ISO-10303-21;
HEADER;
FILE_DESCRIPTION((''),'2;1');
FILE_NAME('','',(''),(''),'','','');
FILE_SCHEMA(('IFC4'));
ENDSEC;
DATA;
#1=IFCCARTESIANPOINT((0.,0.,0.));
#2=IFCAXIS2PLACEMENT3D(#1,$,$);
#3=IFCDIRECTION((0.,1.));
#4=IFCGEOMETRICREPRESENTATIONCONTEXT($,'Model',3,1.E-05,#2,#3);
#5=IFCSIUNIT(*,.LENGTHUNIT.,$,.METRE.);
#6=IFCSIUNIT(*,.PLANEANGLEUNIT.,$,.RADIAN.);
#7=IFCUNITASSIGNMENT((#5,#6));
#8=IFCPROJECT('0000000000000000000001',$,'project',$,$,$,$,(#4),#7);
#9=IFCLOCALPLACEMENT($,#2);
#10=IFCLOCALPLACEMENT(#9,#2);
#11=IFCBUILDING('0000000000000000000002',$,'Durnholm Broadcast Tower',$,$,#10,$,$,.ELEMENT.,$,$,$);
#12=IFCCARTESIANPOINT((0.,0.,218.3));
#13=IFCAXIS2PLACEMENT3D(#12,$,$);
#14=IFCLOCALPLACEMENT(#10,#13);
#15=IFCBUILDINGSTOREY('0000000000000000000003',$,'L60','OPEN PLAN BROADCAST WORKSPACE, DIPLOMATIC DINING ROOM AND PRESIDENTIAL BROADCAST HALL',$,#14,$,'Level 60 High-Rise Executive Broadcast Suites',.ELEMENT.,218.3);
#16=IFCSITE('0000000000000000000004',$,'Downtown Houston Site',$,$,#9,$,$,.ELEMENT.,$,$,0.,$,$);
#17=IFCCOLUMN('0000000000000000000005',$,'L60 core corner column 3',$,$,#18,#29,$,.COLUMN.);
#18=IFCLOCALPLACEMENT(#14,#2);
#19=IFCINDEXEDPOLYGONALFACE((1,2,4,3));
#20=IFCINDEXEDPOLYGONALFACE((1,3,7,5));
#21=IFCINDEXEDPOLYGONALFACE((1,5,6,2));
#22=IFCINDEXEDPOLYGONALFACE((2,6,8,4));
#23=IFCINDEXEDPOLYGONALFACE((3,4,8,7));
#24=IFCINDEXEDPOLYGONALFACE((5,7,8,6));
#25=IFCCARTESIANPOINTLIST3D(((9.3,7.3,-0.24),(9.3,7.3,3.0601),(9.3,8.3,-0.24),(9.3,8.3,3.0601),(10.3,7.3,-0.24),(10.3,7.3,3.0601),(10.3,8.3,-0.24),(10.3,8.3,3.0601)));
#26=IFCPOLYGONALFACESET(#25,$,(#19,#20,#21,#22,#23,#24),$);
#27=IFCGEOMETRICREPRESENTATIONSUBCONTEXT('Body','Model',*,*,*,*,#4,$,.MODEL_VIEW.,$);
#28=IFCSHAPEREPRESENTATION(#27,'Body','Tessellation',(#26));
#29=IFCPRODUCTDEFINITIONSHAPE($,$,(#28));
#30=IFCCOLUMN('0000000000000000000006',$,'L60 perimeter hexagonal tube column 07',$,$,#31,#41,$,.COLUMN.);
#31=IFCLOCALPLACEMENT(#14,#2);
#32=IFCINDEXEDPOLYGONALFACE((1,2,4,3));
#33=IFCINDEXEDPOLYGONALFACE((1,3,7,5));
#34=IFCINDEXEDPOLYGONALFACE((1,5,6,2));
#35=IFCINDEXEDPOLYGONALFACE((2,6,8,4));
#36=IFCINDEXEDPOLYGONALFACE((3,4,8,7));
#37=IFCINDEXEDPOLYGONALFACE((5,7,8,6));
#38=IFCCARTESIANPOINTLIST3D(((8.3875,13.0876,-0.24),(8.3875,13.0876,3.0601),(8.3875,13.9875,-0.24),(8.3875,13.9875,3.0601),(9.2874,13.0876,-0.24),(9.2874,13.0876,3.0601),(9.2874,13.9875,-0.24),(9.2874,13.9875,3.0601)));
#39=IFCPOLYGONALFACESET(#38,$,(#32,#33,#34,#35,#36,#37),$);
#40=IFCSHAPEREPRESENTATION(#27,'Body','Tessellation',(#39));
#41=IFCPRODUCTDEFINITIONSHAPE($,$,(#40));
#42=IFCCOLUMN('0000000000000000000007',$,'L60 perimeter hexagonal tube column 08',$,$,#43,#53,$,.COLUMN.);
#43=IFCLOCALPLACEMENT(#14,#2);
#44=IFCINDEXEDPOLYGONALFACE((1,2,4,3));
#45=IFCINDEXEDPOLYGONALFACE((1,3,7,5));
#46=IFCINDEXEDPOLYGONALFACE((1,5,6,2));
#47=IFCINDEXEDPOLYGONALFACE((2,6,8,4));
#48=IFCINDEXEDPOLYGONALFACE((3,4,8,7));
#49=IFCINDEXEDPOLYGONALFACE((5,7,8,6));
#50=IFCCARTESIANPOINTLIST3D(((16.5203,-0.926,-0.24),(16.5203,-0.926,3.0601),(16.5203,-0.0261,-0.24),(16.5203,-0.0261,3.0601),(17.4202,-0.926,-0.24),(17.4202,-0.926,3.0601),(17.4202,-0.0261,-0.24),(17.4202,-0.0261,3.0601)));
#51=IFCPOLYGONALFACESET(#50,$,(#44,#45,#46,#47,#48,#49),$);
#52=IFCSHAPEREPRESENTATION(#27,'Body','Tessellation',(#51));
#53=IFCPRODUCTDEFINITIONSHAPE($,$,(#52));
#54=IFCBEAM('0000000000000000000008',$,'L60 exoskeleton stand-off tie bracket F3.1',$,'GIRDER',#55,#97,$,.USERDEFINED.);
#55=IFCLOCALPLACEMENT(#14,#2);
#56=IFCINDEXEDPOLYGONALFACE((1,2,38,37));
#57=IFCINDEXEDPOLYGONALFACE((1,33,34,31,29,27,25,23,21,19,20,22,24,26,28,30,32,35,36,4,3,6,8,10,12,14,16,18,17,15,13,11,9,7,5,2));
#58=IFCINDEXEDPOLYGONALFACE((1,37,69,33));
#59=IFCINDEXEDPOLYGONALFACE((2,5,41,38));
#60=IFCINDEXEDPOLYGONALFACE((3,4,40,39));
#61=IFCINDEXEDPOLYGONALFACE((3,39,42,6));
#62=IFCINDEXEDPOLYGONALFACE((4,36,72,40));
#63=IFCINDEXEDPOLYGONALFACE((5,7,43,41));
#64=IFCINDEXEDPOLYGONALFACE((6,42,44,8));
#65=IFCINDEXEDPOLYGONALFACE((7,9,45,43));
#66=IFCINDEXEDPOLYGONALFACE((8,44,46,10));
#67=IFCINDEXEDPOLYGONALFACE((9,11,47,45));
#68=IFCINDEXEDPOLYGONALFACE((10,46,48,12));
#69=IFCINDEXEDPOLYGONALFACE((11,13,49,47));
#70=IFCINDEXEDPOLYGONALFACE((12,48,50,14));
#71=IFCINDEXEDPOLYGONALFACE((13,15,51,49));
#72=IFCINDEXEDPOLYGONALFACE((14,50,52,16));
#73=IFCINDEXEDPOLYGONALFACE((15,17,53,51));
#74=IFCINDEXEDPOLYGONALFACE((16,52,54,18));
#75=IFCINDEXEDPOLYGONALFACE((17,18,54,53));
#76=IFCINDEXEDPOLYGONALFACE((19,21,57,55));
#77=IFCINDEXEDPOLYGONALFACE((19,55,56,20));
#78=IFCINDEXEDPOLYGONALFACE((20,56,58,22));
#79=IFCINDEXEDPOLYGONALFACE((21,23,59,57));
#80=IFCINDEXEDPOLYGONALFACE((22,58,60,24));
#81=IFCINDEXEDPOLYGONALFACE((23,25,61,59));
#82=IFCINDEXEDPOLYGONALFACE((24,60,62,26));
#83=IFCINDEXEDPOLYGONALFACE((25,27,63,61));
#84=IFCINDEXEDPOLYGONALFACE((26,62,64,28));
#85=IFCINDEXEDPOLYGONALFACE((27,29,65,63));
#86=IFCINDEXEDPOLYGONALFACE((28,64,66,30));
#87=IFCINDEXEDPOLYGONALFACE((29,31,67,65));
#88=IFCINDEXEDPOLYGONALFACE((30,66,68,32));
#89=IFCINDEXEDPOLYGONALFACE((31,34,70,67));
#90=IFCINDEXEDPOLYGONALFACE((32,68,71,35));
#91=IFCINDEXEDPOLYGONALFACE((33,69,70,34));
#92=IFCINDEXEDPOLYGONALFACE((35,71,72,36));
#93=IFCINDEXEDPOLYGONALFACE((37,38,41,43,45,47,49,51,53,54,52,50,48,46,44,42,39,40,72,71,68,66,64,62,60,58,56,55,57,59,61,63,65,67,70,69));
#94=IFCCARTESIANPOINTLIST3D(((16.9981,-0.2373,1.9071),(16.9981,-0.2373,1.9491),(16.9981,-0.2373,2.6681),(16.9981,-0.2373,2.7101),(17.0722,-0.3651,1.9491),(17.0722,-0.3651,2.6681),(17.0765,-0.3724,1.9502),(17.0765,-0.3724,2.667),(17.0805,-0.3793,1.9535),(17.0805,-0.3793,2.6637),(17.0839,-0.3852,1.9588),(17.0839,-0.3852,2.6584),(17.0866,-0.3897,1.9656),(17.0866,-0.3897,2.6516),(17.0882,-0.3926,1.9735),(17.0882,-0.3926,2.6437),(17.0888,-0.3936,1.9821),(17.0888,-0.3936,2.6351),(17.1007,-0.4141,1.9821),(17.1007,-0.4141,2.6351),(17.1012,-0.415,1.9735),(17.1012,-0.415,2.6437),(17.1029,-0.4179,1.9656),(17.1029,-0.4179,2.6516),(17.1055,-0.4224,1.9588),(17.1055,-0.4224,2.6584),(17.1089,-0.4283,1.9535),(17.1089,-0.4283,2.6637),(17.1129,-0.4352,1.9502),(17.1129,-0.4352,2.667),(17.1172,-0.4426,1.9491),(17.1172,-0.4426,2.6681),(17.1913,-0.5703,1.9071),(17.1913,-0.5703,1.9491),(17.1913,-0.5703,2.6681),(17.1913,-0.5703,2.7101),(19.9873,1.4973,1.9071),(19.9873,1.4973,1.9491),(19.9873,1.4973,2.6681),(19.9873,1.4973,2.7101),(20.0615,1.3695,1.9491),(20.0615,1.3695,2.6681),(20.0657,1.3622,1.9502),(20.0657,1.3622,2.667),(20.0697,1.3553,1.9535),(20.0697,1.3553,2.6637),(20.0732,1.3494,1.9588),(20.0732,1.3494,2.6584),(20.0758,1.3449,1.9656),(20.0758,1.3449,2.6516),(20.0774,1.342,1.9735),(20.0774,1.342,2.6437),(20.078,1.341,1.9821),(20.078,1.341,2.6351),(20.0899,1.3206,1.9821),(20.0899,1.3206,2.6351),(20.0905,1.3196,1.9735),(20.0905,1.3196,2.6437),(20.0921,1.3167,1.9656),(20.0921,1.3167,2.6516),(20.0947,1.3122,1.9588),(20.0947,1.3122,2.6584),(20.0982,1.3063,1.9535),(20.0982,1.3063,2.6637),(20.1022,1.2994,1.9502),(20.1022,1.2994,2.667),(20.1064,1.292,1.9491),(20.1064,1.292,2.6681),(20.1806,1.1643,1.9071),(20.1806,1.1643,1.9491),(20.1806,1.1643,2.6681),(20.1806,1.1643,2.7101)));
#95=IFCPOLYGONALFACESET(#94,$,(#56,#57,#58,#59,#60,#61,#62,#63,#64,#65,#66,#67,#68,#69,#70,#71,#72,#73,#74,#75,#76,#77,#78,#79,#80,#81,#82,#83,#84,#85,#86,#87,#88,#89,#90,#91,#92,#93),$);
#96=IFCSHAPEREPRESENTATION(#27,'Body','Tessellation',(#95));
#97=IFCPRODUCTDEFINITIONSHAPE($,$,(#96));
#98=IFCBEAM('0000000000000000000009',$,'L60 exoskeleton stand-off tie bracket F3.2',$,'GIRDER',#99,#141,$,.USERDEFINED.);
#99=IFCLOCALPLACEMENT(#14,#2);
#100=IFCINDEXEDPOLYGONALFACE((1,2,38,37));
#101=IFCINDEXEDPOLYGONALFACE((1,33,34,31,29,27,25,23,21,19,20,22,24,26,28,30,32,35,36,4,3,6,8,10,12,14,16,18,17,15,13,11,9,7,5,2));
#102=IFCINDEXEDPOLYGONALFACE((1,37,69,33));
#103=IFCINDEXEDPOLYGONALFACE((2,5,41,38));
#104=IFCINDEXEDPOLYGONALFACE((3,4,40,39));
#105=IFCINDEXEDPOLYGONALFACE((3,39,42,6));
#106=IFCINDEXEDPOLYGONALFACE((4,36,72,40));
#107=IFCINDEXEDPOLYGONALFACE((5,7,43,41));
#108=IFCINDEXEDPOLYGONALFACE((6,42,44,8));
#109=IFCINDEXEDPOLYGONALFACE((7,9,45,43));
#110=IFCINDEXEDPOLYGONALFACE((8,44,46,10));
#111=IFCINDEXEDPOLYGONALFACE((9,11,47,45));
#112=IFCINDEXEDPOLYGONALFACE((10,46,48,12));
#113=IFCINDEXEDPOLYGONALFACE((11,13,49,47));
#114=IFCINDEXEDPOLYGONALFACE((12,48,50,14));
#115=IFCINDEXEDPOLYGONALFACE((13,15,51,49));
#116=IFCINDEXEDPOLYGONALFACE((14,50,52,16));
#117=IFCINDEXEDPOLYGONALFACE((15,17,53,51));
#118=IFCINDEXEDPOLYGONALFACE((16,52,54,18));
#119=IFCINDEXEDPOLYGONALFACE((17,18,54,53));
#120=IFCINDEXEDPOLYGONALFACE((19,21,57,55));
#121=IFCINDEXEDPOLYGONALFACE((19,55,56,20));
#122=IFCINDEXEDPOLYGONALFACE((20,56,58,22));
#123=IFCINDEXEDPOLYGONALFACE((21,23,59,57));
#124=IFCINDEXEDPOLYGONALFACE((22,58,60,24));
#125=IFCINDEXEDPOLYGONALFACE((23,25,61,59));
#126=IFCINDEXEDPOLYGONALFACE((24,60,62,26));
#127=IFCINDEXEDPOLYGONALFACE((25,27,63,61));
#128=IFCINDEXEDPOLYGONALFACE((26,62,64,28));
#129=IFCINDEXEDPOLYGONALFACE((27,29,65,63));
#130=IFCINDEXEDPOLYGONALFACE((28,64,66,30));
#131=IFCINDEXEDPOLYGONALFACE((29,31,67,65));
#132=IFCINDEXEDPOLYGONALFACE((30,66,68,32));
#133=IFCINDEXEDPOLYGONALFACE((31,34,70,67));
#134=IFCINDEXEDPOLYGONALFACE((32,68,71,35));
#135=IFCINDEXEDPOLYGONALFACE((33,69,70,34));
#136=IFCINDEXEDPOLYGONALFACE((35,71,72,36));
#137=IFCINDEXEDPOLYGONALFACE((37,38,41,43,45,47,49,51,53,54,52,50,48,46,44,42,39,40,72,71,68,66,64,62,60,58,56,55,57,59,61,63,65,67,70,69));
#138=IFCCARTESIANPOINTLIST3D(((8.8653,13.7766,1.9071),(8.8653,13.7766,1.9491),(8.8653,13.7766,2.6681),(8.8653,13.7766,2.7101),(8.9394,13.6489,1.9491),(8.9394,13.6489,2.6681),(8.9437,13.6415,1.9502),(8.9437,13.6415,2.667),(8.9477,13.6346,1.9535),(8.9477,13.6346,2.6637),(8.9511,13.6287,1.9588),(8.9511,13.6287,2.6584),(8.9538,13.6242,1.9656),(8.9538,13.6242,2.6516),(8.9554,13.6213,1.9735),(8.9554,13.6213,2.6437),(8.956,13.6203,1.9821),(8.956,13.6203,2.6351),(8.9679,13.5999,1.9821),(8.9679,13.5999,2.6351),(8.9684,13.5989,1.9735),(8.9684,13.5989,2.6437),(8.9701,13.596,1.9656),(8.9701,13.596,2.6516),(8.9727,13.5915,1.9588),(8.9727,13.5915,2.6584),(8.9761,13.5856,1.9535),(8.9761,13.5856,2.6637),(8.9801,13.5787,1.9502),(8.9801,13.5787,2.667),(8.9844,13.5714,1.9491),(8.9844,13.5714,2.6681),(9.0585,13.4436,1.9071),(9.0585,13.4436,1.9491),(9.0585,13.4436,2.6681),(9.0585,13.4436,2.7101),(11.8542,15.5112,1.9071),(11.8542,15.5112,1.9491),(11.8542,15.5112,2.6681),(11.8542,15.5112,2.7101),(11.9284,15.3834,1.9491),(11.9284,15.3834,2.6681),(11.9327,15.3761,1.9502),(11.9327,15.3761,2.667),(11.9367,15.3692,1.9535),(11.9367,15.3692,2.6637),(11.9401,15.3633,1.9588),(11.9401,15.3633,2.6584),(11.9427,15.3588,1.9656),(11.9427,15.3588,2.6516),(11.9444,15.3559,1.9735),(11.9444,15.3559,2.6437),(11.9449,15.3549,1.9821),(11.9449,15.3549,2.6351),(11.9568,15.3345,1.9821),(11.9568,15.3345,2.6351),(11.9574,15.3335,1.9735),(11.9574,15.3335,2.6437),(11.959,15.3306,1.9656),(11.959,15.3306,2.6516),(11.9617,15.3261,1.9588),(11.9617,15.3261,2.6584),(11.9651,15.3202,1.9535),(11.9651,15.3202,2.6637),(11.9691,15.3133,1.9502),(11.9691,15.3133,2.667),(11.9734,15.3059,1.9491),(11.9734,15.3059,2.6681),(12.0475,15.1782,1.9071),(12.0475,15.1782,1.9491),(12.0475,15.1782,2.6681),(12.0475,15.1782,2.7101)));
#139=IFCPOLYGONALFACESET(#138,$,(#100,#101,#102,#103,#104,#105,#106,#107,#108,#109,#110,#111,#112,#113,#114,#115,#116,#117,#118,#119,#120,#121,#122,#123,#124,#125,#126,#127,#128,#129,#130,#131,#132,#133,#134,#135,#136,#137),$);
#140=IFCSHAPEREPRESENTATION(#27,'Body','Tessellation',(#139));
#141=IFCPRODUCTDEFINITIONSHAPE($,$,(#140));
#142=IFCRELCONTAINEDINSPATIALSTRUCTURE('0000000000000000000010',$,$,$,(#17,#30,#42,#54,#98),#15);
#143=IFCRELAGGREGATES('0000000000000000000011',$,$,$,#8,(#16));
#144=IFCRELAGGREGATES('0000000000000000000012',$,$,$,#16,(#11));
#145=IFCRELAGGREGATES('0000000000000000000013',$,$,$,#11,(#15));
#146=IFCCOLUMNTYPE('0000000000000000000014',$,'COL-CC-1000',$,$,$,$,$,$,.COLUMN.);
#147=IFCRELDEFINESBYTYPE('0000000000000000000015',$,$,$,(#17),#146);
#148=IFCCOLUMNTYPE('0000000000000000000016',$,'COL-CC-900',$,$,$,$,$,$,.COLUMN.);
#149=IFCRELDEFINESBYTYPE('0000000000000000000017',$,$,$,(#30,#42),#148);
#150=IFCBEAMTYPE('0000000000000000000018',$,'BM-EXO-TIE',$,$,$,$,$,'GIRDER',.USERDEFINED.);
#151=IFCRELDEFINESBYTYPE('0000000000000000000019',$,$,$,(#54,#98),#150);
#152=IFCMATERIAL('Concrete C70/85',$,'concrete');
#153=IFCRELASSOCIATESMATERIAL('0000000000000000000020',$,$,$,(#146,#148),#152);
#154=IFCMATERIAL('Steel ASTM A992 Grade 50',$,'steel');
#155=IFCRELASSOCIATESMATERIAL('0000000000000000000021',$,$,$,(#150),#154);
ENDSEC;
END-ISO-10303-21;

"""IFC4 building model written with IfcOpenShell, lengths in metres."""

from ifc_helpers import new_model, si_unit, direction, frame, origin, origin_2d, place, context, subcontext, project, spatial, rectangle, i_section, extrude, source, transform, mapped, material, material_profile, profile_set, type_object, type_shapes, element, save


model = new_model("IFC4")

# Units and contexts
model_context = context("Model", 3, precision=1e-05, world=origin(), true_north=direction((0.0, 1.0)))
body_context = subcontext(model_context, "Body", "Model", "MODEL_VIEW")
ifc_project = project(units=[si_unit("LENGTHUNIT", "METRE"), si_unit("PLANEANGLEUNIT", "RADIAN")], contexts=[model_context])

# Site, building, storey
site_placement = place(None, origin())
site = spatial("IfcSite", under=ifc_project, at=site_placement, Name="Downtown Houston Site", CompositionType="ELEMENT", RefElevation=0.0)
building_placement = place(site_placement, origin())
building = spatial("IfcBuilding", under=site, at=building_placement, Name="Durnholm Broadcast Tower", CompositionType="ELEMENT")
storey_placement = place(building_placement, frame((0.0, 0.0, 218.3)))
storey = spatial("IfcBuildingStorey", under=building, at=storey_placement, Name="L60", Description="OPEN PLAN BROADCAST WORKSPACE, DIPLOMATIC DINING ROOM AND PRESIDENTIAL BROADCAST HALL", LongName="Level 60 High-Rise Executive Broadcast Suites", CompositionType="ELEMENT", Elevation=218.3)

# Columns
ifc_material_1 = material(Name="Concrete C70/85", Category="concrete")
ifc_material_profile_1 = material_profile(ifc_material_1, rectangle(XDim=1.0, YDim=1.0, at=origin_2d()), Name="RC1000X1000")
ifc_profile_set_1 = profile_set([ifc_material_profile_1], Name="Concrete C70/85")
column_type_1 = type_object("IfcColumnType", Name="COL-CC-1000", PredefinedType="COLUMN", material=ifc_profile_set_1)
shared_shape_1 = source(origin(), body_context, "Body", "SweptSolid", [
    extrude(rectangle(XDim=1.0, YDim=1.0, at=origin_2d()), origin(), (0.0, 0.0, 1.0), 3.3),
])
type_shapes(column_type_1, [shared_shape_1])
column_placement = place(storey_placement, frame((9.8, 7.8, -0.24), z_axis=(0.0, 0.0, 1.0), x_axis=(1.0, 0.0, 0.0)))
element("IfcColumn", 1, at=column_placement, inside=storey, type_object=column_type_1, Name="L60 core corner column 3", PredefinedType="COLUMN", context=body_context, shape_type="MappedRepresentation", body=[
    mapped(shared_shape_1, transform((0.0, 0.0, 0.0), x_axis=(1.0, 0.0, 0.0), y_axis=(0.0, 1.0, 0.0), z_axis=(0.0, 0.0, 1.0), scale=1.0)),
])
ifc_material_profile_2 = material_profile(ifc_material_1, rectangle(XDim=0.8999, YDim=0.8999, at=origin_2d()), Name="RC900X900")
ifc_profile_set_2 = profile_set([ifc_material_profile_2], Name="Concrete C70/85")
column_type_2 = type_object("IfcColumnType", Name="COL-CC-900", PredefinedType="COLUMN", material=ifc_profile_set_2)
shared_shape_2 = source(origin(), body_context, "Body", "SweptSolid", [
    extrude(rectangle(XDim=0.8999, YDim=0.8999, at=origin_2d()), origin(), (0.0, 0.0, 1.0), 3.3),
])
type_shapes(column_type_2, [shared_shape_2])
for number, where, z_axis, x_axis, name in (
    (2, (8.8374, 13.5376, -0.24), (0.0, 0.0, 1.0), (1.0, 0.0, 0.0), "L60 perimeter hexagonal tube column 07"),
    (3, (16.9702, -0.4761, -0.24), (0.0, 0.0, 1.0), (1.0, 0.0, 0.0), "L60 perimeter hexagonal tube column 08"),
):
    element("IfcColumn", number, at=place(storey_placement, frame(where, z_axis=z_axis, x_axis=x_axis)), inside=storey, type_object=column_type_2, Name=name, PredefinedType="COLUMN", context=body_context, shape_type="MappedRepresentation", body=[
        mapped(shared_shape_2, transform((0.0, 0.0, 0.0), x_axis=(1.0, 0.0, 0.0), y_axis=(0.0, 1.0, 0.0), z_axis=(0.0, 0.0, 1.0), scale=1.0)),
    ])

# Beams
ifc_material_2 = material(Name="Steel ASTM A992 Grade 50", Category="steel")
ifc_material_profile_3 = material_profile(ifc_material_2, i_section(OverallWidth=0.385, OverallDepth=0.803, WebThickness=0.0237, FlangeThickness=0.042, FilletRadius=0.033, at=origin_2d()), Name="W30X261")
ifc_profile_set_3 = profile_set([ifc_material_profile_3], Name="Steel ASTM A992 Grade 50")
beam_type_1 = type_object("IfcBeamType", Name="BM-EXO-TIE", ElementType="GIRDER", PredefinedType="USERDEFINED", material=ifc_profile_set_3)
shared_shape_3 = source(origin(), body_context, "Body", "SweptSolid", [
    extrude(i_section(OverallWidth=0.385, OverallDepth=0.803, WebThickness=0.0237, FlangeThickness=0.042, FilletRadius=0.033, at=origin_2d()), origin(), (0.0, 0.0, 1.0), 3.4561),
])
beam_1_placement = place(storey_placement, frame((17.0947, -0.4038, 2.3086), z_axis=(0.864924, 0.501902, 0.0), x_axis=(-0.501902, 0.864924, 0.0)))
element("IfcBeam", 4, at=beam_1_placement, inside=storey, type_object=beam_type_1, Name="L60 exoskeleton stand-off tie bracket F3.1", ObjectType="GIRDER", PredefinedType="USERDEFINED", context=body_context, shape_type="MappedRepresentation", body=[
    mapped(shared_shape_3, transform((0.0, 0.0, 0.0), x_axis=(1.0, 0.0, 0.0), y_axis=(0.0, 1.0, 0.0), z_axis=(0.0, 0.0, 1.0), scale=1.0)),
])
shared_shape_4 = source(origin(), body_context, "Body", "SweptSolid", [
    extrude(i_section(OverallWidth=0.385, OverallDepth=0.803, WebThickness=0.0237, FlangeThickness=0.042, FilletRadius=0.033, at=origin_2d()), origin(), (0.0, 0.0, 1.0), 3.4558),
])
beam_2_placement = place(storey_placement, frame((8.9619, 13.6101, 2.3086), z_axis=(0.864907, 0.501933, 0.0), x_axis=(-0.501933, 0.864907, 0.0)))
element("IfcBeam", 5, at=beam_2_placement, inside=storey, type_object=beam_type_1, Name="L60 exoskeleton stand-off tie bracket F3.2", ObjectType="GIRDER", PredefinedType="USERDEFINED", context=body_context, shape_type="MappedRepresentation", body=[
    mapped(shared_shape_4, transform((0.0, 0.0, 0.0), x_axis=(1.0, 0.0, 0.0), y_axis=(0.0, 1.0, 0.0), z_axis=(0.0, 0.0, 1.0), scale=1.0)),
])

save(model, "model.ifc")
